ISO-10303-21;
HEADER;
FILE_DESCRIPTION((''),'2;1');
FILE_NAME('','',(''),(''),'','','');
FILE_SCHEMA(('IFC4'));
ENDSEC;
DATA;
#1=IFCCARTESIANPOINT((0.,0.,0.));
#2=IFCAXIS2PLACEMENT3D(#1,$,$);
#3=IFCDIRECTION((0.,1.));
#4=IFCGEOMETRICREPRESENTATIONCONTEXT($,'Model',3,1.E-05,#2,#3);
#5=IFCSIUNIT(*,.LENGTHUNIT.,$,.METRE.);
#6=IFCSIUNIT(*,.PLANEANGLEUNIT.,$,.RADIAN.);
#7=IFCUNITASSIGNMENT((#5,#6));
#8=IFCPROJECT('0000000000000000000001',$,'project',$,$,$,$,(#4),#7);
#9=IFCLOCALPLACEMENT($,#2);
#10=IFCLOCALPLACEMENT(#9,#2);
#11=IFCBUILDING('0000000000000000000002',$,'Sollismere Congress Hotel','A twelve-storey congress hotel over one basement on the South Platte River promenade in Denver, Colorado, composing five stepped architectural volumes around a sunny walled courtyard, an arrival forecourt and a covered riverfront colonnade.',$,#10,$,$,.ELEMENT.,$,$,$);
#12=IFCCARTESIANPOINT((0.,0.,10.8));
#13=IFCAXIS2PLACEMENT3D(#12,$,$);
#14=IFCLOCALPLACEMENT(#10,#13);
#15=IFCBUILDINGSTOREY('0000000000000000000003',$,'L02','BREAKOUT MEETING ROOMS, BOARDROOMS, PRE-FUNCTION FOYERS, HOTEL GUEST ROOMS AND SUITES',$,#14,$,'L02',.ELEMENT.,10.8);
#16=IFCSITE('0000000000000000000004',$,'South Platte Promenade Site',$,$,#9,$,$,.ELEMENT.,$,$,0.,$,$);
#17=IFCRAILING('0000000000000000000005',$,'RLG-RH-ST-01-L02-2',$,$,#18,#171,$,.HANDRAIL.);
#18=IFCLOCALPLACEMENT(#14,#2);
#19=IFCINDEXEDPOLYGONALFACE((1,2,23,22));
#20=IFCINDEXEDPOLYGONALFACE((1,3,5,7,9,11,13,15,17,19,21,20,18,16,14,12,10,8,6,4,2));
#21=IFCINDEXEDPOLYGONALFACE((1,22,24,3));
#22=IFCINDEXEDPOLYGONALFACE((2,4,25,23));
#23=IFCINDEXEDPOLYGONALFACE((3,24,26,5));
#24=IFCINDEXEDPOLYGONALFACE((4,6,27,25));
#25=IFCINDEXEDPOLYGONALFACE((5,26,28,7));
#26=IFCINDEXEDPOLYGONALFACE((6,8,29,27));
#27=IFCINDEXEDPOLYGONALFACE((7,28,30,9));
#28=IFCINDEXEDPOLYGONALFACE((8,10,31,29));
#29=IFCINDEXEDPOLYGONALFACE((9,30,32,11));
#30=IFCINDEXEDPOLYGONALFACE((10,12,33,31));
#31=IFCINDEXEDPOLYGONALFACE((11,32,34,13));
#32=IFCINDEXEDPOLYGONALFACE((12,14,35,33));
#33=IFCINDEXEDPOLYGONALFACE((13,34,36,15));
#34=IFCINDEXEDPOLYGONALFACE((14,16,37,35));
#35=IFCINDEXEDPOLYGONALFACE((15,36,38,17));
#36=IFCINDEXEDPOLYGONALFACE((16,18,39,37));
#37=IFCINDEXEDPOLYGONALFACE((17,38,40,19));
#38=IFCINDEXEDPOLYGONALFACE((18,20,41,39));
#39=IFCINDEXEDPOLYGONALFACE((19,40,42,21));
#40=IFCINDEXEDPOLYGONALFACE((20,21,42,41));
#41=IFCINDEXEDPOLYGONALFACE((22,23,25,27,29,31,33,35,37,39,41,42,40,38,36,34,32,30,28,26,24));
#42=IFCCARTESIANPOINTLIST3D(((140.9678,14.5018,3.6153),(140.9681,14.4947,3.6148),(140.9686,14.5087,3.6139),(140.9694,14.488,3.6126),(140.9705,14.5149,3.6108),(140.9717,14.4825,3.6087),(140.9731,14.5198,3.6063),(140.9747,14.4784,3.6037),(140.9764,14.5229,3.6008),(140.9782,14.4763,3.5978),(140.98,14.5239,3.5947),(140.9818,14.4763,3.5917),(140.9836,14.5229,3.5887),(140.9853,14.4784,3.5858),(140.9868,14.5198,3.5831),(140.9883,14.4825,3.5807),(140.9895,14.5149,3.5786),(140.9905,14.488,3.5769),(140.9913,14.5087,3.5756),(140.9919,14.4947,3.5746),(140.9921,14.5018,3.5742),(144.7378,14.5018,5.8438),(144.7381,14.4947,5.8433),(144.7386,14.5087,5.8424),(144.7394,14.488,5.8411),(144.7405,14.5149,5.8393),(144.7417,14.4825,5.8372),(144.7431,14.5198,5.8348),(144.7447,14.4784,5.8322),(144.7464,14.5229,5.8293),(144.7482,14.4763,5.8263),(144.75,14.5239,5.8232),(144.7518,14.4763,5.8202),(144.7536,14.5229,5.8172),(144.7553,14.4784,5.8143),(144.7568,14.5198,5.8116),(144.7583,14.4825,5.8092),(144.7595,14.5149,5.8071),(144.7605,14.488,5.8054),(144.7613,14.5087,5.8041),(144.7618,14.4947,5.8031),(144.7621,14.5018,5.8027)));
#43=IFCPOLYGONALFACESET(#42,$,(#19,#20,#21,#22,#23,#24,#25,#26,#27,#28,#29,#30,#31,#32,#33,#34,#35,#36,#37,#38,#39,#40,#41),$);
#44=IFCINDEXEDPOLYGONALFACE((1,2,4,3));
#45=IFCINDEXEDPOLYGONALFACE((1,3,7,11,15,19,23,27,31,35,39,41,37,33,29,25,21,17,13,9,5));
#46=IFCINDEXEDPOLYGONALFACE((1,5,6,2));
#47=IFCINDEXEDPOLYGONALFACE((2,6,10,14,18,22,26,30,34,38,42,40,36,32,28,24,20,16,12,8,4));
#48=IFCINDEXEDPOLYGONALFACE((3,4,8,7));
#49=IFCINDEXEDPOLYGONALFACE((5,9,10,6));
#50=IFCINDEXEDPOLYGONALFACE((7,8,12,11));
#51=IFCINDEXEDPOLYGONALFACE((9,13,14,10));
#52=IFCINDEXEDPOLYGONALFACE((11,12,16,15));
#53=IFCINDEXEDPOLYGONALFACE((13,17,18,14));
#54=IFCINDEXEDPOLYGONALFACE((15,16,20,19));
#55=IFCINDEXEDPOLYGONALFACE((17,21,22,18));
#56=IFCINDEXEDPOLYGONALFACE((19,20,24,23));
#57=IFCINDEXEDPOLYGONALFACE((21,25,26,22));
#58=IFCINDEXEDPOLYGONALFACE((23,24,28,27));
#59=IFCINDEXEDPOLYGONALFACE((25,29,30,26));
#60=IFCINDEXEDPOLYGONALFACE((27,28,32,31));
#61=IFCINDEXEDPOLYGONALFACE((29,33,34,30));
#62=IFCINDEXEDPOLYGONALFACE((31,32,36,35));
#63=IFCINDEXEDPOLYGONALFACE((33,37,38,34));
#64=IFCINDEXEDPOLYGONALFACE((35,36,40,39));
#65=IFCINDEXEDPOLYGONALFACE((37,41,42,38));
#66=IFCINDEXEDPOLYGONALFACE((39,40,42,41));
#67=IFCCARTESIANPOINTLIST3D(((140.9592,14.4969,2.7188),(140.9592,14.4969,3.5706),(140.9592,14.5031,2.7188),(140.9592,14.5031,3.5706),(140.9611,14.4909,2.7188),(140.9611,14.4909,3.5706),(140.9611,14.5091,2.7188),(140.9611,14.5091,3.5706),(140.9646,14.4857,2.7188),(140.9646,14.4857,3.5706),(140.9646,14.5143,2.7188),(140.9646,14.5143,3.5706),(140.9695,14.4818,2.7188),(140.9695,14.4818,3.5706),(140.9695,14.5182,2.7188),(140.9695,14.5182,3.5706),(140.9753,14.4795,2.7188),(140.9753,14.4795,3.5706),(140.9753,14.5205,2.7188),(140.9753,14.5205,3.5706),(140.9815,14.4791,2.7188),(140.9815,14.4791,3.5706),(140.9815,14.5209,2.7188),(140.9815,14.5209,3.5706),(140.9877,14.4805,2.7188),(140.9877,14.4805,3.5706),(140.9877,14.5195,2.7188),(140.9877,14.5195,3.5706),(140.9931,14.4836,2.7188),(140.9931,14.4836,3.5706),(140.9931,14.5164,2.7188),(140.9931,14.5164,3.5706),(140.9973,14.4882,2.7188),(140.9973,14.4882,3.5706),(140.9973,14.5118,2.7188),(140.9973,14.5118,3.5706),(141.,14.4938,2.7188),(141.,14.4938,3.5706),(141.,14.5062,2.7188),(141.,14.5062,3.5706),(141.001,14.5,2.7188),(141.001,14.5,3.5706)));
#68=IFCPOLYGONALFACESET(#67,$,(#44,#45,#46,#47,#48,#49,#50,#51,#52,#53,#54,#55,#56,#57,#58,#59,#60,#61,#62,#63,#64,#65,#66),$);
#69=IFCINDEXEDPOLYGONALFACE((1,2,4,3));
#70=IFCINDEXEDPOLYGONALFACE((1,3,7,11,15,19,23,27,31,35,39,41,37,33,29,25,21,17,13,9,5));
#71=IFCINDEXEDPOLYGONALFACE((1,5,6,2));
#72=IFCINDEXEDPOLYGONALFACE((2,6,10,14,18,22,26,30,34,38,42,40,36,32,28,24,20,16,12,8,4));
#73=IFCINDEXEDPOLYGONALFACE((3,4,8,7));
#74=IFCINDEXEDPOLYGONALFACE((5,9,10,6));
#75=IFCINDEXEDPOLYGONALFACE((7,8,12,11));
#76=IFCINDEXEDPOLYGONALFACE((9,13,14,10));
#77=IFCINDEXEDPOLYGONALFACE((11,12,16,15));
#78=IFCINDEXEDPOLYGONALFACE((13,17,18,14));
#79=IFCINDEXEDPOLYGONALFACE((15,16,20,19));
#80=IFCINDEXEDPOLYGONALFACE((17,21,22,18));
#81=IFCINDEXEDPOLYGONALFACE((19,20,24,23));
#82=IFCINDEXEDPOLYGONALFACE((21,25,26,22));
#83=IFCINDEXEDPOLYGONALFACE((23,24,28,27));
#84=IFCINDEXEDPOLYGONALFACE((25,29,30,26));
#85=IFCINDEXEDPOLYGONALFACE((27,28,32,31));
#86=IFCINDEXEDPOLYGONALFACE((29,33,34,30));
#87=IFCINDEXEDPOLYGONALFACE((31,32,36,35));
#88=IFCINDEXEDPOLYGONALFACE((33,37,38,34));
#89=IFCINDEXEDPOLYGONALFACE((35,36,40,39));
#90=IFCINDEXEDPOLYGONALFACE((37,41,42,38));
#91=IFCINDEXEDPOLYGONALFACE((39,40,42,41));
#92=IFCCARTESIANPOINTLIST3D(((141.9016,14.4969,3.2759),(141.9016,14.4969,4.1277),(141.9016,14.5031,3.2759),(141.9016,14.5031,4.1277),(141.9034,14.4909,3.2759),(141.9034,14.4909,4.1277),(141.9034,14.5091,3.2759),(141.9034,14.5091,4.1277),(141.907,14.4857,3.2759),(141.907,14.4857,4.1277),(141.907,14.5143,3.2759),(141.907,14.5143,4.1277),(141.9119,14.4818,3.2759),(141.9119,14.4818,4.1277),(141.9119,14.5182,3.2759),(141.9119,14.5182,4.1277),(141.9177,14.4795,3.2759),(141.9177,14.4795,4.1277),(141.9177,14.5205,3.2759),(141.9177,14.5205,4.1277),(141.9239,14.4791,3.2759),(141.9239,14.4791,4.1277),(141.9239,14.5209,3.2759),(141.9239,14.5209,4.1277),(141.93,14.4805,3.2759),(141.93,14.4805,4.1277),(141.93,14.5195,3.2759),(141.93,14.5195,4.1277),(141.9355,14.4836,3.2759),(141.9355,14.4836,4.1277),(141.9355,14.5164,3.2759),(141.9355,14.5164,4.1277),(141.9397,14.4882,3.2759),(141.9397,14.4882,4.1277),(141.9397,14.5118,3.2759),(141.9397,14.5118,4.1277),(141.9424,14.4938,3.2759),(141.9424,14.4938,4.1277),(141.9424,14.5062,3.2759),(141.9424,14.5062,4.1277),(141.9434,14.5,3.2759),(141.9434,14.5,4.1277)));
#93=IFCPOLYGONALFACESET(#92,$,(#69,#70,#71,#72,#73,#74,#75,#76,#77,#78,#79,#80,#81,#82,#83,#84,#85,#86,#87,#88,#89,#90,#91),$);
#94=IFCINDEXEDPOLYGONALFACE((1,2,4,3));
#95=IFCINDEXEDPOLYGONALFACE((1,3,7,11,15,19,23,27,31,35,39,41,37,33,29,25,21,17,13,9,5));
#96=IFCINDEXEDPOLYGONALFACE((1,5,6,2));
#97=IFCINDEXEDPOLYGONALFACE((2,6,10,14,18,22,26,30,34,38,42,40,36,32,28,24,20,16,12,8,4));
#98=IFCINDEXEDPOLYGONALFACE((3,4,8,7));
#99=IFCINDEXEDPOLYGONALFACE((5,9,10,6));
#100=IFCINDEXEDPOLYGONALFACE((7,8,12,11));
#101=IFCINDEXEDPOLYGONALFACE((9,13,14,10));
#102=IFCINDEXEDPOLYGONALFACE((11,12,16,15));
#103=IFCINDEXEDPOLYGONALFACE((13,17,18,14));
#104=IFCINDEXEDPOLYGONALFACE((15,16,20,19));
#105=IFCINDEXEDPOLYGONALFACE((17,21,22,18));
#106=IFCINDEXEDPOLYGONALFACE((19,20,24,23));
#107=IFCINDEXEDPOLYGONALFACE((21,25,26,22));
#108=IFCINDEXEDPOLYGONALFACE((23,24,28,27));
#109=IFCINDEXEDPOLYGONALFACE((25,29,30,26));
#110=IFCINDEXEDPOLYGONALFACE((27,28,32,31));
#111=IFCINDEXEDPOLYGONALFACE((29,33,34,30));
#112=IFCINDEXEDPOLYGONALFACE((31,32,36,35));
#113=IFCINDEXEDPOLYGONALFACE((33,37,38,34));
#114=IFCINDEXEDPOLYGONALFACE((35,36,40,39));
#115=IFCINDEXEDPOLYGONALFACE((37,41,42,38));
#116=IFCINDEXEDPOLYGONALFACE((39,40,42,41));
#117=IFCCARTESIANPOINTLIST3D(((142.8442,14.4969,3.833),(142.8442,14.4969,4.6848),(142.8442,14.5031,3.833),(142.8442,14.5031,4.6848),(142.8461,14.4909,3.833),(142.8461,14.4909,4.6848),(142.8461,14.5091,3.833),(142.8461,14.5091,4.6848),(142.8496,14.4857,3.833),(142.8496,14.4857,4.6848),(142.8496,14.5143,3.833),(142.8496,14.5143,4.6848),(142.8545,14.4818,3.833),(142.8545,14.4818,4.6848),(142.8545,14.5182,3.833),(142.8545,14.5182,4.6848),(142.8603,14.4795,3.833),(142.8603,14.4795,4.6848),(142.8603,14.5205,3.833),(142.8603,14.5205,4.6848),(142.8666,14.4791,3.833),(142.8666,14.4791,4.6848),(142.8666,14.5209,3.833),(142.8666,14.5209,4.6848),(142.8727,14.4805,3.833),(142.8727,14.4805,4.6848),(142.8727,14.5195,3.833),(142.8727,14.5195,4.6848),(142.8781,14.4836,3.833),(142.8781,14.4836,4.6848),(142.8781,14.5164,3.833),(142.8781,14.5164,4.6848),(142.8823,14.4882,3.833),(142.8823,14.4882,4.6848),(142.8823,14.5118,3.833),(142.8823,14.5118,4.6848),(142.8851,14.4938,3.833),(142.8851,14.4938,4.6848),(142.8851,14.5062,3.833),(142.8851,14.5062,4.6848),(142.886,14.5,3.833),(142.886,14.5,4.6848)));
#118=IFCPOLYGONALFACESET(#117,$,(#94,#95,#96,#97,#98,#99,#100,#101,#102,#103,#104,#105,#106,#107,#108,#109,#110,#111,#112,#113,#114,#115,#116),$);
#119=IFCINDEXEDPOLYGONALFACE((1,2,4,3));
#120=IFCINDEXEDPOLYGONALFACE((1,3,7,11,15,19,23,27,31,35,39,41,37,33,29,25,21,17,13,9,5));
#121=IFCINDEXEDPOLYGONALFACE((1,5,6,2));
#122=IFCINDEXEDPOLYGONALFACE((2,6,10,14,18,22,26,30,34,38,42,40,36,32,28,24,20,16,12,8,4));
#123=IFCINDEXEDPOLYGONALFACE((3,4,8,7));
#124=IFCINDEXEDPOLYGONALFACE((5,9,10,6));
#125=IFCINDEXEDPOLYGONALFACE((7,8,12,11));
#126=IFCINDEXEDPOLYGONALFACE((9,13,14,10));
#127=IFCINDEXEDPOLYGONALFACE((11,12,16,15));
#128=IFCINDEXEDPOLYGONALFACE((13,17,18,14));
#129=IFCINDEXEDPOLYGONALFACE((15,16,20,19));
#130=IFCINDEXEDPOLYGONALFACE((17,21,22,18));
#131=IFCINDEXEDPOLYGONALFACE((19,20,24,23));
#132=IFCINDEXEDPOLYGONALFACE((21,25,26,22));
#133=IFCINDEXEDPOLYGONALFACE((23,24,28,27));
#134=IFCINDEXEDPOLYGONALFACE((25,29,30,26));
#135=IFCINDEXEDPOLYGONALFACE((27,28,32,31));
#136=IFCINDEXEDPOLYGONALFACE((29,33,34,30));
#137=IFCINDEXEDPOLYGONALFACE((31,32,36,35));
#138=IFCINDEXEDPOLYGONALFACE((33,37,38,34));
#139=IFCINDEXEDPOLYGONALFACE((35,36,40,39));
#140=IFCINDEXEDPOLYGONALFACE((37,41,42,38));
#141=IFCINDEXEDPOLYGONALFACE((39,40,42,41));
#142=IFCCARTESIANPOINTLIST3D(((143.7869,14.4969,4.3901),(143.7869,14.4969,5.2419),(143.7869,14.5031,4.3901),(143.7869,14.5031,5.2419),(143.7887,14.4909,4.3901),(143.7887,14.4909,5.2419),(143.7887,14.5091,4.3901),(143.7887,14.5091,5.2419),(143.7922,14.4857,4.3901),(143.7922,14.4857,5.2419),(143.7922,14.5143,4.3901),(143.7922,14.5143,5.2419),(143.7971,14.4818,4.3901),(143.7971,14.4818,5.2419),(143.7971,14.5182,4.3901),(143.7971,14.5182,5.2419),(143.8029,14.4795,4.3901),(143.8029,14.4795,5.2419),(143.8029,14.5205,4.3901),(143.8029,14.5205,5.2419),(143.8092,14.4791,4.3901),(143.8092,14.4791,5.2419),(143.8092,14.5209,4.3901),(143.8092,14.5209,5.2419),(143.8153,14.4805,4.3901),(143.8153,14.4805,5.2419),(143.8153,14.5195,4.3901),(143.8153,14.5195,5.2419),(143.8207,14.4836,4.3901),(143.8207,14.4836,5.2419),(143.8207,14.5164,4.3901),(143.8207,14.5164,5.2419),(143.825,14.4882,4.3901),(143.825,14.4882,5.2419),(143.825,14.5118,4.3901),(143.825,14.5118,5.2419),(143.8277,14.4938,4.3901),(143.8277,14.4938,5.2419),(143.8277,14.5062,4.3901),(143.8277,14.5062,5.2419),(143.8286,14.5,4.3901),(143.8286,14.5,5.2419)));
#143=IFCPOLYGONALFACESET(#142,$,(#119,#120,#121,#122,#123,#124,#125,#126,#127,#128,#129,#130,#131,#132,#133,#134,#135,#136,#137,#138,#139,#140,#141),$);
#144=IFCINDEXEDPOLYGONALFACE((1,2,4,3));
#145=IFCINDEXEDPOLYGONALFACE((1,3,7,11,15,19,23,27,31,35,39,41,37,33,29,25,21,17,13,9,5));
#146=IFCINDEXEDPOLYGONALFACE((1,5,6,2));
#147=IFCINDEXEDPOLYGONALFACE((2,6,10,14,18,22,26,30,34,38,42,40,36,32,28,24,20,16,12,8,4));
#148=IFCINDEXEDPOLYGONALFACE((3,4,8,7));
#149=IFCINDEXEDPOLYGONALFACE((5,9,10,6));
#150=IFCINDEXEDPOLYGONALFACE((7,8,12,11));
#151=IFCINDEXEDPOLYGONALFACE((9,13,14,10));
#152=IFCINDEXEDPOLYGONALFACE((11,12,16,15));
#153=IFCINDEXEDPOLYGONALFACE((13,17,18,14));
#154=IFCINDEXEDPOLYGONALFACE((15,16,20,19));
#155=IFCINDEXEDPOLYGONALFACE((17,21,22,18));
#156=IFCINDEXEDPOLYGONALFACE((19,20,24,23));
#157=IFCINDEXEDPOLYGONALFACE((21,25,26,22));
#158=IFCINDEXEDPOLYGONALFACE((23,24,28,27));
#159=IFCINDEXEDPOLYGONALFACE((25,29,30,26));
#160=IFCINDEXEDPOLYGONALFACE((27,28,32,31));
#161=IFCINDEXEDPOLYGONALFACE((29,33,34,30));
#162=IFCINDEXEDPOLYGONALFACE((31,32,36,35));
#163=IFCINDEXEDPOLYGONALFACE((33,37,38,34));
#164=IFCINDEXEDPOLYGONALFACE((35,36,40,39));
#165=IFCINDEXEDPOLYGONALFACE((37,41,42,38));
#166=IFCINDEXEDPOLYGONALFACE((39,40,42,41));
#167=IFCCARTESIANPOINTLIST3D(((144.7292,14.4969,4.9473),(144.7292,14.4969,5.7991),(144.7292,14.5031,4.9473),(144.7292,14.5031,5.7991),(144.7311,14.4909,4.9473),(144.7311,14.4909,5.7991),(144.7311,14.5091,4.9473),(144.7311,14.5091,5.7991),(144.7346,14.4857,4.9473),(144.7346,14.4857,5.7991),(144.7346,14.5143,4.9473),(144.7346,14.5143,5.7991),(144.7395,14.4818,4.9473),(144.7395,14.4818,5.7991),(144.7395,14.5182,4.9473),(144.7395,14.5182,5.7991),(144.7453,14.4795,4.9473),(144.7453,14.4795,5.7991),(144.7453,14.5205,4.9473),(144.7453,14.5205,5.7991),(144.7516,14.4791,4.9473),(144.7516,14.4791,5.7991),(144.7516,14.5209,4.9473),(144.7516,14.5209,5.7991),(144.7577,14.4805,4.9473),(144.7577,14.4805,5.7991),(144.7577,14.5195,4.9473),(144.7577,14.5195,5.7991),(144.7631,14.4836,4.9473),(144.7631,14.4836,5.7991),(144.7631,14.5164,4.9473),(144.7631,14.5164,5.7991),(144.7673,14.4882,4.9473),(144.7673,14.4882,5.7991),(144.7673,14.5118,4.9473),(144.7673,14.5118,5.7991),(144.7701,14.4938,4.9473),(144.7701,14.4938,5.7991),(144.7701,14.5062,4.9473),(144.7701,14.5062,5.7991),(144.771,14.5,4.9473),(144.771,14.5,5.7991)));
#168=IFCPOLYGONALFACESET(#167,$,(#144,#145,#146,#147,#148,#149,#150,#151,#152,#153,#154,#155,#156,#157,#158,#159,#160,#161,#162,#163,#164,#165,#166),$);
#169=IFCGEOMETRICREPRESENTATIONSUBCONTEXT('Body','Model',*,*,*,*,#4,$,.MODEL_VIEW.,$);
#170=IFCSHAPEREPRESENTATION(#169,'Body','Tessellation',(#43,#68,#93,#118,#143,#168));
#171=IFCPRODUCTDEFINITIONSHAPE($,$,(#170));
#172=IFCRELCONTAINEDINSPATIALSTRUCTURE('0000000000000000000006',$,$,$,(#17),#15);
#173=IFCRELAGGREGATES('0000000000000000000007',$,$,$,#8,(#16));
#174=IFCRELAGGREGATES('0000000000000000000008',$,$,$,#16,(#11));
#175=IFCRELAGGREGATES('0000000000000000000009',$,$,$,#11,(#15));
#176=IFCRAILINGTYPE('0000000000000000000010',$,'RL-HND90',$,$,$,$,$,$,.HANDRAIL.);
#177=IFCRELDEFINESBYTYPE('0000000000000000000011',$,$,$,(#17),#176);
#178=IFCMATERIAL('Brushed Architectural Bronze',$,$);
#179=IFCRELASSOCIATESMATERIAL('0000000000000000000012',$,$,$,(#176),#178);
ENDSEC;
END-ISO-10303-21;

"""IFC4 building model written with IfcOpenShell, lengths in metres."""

from ifc_helpers import new_model, si_unit, direction, frame, origin, origin_2d, place, context, subcontext, project, spatial, circle, extrude, material, type_object, element, save


model = new_model("IFC4")

# Units and contexts
model_context = context("Model", 3, precision=1e-05, world=origin(), true_north=direction((0.0, 1.0)))
body_context = subcontext(model_context, "Body", "Model", "MODEL_VIEW")
ifc_project = project(units=[si_unit("LENGTHUNIT", "METRE"), si_unit("PLANEANGLEUNIT", "RADIAN")], contexts=[model_context])

# Site, building, storey
site_placement = place(None, origin())
site = spatial("IfcSite", under=ifc_project, at=site_placement, Name="South Platte Promenade Site", CompositionType="ELEMENT", RefElevation=0.0)
building_placement = place(site_placement, origin())
building = spatial("IfcBuilding", under=site, at=building_placement, Name="Sollismere Congress Hotel", Description="A twelve-storey congress hotel over one basement on the South Platte River promenade in Denver, Colorado, composing five stepped architectural volumes around a sunny walled courtyard, an arrival forecourt and a covered riverfront colonnade.", CompositionType="ELEMENT")
storey_placement = place(building_placement, frame((0.0, 0.0, 10.8)))
storey = spatial("IfcBuildingStorey", under=building, at=storey_placement, Name="L02", Description="BREAKOUT MEETING ROOMS, BOARDROOMS, PRE-FUNCTION FOYERS, HOTEL GUEST ROOMS AND SUITES", LongName="L02", CompositionType="ELEMENT", Elevation=10.8)

# Railing
ifc_material_1 = material(Name="Brushed Architectural Bronze")
railing_type_1 = type_object("IfcRailingType", Name="RL-HND90", PredefinedType="HANDRAIL", material=ifc_material_1)
railing_1_placement = place(storey_placement, frame((140.98, 14.5, 2.7188)))
element("IfcRailing", 1, at=railing_1_placement, inside=storey, type_object=railing_type_1, Name="RLG-RH-ST-01-L02-2", PredefinedType="HANDRAIL", context=body_context, shape_type="SweptSolid", body=[
    extrude(circle(Radius=0.0239, at=origin_2d()), frame((0.0, 0.0, 0.876), z_axis=(0.860849, 0.0, 0.508861), x_axis=(0.0, 1.0, 0.0)), (0.0, 0.0, 1.0), 4.3794),
    extrude(circle(Radius=0.021, at=origin_2d()), origin(), (0.0, 0.0, 1.0), 0.8518),
    extrude(circle(Radius=0.021, at=origin_2d()), frame((0.9424, 0.0, 0.5571)), (0.0, 0.0, 1.0), 0.8518),
    extrude(circle(Radius=0.021, at=origin_2d()), frame((1.885, 0.0, 1.1143)), (0.0, 0.0, 1.0), 0.8518),
    extrude(circle(Radius=0.021, at=origin_2d()), frame((2.8276, 0.0, 1.6714)), (0.0, 0.0, 1.0), 0.8518),
    extrude(circle(Radius=0.021, at=origin_2d()), frame((3.77, 0.0, 2.2285)), (0.0, 0.0, 1.0), 0.8518),
])

save(model, "model.ifc")
